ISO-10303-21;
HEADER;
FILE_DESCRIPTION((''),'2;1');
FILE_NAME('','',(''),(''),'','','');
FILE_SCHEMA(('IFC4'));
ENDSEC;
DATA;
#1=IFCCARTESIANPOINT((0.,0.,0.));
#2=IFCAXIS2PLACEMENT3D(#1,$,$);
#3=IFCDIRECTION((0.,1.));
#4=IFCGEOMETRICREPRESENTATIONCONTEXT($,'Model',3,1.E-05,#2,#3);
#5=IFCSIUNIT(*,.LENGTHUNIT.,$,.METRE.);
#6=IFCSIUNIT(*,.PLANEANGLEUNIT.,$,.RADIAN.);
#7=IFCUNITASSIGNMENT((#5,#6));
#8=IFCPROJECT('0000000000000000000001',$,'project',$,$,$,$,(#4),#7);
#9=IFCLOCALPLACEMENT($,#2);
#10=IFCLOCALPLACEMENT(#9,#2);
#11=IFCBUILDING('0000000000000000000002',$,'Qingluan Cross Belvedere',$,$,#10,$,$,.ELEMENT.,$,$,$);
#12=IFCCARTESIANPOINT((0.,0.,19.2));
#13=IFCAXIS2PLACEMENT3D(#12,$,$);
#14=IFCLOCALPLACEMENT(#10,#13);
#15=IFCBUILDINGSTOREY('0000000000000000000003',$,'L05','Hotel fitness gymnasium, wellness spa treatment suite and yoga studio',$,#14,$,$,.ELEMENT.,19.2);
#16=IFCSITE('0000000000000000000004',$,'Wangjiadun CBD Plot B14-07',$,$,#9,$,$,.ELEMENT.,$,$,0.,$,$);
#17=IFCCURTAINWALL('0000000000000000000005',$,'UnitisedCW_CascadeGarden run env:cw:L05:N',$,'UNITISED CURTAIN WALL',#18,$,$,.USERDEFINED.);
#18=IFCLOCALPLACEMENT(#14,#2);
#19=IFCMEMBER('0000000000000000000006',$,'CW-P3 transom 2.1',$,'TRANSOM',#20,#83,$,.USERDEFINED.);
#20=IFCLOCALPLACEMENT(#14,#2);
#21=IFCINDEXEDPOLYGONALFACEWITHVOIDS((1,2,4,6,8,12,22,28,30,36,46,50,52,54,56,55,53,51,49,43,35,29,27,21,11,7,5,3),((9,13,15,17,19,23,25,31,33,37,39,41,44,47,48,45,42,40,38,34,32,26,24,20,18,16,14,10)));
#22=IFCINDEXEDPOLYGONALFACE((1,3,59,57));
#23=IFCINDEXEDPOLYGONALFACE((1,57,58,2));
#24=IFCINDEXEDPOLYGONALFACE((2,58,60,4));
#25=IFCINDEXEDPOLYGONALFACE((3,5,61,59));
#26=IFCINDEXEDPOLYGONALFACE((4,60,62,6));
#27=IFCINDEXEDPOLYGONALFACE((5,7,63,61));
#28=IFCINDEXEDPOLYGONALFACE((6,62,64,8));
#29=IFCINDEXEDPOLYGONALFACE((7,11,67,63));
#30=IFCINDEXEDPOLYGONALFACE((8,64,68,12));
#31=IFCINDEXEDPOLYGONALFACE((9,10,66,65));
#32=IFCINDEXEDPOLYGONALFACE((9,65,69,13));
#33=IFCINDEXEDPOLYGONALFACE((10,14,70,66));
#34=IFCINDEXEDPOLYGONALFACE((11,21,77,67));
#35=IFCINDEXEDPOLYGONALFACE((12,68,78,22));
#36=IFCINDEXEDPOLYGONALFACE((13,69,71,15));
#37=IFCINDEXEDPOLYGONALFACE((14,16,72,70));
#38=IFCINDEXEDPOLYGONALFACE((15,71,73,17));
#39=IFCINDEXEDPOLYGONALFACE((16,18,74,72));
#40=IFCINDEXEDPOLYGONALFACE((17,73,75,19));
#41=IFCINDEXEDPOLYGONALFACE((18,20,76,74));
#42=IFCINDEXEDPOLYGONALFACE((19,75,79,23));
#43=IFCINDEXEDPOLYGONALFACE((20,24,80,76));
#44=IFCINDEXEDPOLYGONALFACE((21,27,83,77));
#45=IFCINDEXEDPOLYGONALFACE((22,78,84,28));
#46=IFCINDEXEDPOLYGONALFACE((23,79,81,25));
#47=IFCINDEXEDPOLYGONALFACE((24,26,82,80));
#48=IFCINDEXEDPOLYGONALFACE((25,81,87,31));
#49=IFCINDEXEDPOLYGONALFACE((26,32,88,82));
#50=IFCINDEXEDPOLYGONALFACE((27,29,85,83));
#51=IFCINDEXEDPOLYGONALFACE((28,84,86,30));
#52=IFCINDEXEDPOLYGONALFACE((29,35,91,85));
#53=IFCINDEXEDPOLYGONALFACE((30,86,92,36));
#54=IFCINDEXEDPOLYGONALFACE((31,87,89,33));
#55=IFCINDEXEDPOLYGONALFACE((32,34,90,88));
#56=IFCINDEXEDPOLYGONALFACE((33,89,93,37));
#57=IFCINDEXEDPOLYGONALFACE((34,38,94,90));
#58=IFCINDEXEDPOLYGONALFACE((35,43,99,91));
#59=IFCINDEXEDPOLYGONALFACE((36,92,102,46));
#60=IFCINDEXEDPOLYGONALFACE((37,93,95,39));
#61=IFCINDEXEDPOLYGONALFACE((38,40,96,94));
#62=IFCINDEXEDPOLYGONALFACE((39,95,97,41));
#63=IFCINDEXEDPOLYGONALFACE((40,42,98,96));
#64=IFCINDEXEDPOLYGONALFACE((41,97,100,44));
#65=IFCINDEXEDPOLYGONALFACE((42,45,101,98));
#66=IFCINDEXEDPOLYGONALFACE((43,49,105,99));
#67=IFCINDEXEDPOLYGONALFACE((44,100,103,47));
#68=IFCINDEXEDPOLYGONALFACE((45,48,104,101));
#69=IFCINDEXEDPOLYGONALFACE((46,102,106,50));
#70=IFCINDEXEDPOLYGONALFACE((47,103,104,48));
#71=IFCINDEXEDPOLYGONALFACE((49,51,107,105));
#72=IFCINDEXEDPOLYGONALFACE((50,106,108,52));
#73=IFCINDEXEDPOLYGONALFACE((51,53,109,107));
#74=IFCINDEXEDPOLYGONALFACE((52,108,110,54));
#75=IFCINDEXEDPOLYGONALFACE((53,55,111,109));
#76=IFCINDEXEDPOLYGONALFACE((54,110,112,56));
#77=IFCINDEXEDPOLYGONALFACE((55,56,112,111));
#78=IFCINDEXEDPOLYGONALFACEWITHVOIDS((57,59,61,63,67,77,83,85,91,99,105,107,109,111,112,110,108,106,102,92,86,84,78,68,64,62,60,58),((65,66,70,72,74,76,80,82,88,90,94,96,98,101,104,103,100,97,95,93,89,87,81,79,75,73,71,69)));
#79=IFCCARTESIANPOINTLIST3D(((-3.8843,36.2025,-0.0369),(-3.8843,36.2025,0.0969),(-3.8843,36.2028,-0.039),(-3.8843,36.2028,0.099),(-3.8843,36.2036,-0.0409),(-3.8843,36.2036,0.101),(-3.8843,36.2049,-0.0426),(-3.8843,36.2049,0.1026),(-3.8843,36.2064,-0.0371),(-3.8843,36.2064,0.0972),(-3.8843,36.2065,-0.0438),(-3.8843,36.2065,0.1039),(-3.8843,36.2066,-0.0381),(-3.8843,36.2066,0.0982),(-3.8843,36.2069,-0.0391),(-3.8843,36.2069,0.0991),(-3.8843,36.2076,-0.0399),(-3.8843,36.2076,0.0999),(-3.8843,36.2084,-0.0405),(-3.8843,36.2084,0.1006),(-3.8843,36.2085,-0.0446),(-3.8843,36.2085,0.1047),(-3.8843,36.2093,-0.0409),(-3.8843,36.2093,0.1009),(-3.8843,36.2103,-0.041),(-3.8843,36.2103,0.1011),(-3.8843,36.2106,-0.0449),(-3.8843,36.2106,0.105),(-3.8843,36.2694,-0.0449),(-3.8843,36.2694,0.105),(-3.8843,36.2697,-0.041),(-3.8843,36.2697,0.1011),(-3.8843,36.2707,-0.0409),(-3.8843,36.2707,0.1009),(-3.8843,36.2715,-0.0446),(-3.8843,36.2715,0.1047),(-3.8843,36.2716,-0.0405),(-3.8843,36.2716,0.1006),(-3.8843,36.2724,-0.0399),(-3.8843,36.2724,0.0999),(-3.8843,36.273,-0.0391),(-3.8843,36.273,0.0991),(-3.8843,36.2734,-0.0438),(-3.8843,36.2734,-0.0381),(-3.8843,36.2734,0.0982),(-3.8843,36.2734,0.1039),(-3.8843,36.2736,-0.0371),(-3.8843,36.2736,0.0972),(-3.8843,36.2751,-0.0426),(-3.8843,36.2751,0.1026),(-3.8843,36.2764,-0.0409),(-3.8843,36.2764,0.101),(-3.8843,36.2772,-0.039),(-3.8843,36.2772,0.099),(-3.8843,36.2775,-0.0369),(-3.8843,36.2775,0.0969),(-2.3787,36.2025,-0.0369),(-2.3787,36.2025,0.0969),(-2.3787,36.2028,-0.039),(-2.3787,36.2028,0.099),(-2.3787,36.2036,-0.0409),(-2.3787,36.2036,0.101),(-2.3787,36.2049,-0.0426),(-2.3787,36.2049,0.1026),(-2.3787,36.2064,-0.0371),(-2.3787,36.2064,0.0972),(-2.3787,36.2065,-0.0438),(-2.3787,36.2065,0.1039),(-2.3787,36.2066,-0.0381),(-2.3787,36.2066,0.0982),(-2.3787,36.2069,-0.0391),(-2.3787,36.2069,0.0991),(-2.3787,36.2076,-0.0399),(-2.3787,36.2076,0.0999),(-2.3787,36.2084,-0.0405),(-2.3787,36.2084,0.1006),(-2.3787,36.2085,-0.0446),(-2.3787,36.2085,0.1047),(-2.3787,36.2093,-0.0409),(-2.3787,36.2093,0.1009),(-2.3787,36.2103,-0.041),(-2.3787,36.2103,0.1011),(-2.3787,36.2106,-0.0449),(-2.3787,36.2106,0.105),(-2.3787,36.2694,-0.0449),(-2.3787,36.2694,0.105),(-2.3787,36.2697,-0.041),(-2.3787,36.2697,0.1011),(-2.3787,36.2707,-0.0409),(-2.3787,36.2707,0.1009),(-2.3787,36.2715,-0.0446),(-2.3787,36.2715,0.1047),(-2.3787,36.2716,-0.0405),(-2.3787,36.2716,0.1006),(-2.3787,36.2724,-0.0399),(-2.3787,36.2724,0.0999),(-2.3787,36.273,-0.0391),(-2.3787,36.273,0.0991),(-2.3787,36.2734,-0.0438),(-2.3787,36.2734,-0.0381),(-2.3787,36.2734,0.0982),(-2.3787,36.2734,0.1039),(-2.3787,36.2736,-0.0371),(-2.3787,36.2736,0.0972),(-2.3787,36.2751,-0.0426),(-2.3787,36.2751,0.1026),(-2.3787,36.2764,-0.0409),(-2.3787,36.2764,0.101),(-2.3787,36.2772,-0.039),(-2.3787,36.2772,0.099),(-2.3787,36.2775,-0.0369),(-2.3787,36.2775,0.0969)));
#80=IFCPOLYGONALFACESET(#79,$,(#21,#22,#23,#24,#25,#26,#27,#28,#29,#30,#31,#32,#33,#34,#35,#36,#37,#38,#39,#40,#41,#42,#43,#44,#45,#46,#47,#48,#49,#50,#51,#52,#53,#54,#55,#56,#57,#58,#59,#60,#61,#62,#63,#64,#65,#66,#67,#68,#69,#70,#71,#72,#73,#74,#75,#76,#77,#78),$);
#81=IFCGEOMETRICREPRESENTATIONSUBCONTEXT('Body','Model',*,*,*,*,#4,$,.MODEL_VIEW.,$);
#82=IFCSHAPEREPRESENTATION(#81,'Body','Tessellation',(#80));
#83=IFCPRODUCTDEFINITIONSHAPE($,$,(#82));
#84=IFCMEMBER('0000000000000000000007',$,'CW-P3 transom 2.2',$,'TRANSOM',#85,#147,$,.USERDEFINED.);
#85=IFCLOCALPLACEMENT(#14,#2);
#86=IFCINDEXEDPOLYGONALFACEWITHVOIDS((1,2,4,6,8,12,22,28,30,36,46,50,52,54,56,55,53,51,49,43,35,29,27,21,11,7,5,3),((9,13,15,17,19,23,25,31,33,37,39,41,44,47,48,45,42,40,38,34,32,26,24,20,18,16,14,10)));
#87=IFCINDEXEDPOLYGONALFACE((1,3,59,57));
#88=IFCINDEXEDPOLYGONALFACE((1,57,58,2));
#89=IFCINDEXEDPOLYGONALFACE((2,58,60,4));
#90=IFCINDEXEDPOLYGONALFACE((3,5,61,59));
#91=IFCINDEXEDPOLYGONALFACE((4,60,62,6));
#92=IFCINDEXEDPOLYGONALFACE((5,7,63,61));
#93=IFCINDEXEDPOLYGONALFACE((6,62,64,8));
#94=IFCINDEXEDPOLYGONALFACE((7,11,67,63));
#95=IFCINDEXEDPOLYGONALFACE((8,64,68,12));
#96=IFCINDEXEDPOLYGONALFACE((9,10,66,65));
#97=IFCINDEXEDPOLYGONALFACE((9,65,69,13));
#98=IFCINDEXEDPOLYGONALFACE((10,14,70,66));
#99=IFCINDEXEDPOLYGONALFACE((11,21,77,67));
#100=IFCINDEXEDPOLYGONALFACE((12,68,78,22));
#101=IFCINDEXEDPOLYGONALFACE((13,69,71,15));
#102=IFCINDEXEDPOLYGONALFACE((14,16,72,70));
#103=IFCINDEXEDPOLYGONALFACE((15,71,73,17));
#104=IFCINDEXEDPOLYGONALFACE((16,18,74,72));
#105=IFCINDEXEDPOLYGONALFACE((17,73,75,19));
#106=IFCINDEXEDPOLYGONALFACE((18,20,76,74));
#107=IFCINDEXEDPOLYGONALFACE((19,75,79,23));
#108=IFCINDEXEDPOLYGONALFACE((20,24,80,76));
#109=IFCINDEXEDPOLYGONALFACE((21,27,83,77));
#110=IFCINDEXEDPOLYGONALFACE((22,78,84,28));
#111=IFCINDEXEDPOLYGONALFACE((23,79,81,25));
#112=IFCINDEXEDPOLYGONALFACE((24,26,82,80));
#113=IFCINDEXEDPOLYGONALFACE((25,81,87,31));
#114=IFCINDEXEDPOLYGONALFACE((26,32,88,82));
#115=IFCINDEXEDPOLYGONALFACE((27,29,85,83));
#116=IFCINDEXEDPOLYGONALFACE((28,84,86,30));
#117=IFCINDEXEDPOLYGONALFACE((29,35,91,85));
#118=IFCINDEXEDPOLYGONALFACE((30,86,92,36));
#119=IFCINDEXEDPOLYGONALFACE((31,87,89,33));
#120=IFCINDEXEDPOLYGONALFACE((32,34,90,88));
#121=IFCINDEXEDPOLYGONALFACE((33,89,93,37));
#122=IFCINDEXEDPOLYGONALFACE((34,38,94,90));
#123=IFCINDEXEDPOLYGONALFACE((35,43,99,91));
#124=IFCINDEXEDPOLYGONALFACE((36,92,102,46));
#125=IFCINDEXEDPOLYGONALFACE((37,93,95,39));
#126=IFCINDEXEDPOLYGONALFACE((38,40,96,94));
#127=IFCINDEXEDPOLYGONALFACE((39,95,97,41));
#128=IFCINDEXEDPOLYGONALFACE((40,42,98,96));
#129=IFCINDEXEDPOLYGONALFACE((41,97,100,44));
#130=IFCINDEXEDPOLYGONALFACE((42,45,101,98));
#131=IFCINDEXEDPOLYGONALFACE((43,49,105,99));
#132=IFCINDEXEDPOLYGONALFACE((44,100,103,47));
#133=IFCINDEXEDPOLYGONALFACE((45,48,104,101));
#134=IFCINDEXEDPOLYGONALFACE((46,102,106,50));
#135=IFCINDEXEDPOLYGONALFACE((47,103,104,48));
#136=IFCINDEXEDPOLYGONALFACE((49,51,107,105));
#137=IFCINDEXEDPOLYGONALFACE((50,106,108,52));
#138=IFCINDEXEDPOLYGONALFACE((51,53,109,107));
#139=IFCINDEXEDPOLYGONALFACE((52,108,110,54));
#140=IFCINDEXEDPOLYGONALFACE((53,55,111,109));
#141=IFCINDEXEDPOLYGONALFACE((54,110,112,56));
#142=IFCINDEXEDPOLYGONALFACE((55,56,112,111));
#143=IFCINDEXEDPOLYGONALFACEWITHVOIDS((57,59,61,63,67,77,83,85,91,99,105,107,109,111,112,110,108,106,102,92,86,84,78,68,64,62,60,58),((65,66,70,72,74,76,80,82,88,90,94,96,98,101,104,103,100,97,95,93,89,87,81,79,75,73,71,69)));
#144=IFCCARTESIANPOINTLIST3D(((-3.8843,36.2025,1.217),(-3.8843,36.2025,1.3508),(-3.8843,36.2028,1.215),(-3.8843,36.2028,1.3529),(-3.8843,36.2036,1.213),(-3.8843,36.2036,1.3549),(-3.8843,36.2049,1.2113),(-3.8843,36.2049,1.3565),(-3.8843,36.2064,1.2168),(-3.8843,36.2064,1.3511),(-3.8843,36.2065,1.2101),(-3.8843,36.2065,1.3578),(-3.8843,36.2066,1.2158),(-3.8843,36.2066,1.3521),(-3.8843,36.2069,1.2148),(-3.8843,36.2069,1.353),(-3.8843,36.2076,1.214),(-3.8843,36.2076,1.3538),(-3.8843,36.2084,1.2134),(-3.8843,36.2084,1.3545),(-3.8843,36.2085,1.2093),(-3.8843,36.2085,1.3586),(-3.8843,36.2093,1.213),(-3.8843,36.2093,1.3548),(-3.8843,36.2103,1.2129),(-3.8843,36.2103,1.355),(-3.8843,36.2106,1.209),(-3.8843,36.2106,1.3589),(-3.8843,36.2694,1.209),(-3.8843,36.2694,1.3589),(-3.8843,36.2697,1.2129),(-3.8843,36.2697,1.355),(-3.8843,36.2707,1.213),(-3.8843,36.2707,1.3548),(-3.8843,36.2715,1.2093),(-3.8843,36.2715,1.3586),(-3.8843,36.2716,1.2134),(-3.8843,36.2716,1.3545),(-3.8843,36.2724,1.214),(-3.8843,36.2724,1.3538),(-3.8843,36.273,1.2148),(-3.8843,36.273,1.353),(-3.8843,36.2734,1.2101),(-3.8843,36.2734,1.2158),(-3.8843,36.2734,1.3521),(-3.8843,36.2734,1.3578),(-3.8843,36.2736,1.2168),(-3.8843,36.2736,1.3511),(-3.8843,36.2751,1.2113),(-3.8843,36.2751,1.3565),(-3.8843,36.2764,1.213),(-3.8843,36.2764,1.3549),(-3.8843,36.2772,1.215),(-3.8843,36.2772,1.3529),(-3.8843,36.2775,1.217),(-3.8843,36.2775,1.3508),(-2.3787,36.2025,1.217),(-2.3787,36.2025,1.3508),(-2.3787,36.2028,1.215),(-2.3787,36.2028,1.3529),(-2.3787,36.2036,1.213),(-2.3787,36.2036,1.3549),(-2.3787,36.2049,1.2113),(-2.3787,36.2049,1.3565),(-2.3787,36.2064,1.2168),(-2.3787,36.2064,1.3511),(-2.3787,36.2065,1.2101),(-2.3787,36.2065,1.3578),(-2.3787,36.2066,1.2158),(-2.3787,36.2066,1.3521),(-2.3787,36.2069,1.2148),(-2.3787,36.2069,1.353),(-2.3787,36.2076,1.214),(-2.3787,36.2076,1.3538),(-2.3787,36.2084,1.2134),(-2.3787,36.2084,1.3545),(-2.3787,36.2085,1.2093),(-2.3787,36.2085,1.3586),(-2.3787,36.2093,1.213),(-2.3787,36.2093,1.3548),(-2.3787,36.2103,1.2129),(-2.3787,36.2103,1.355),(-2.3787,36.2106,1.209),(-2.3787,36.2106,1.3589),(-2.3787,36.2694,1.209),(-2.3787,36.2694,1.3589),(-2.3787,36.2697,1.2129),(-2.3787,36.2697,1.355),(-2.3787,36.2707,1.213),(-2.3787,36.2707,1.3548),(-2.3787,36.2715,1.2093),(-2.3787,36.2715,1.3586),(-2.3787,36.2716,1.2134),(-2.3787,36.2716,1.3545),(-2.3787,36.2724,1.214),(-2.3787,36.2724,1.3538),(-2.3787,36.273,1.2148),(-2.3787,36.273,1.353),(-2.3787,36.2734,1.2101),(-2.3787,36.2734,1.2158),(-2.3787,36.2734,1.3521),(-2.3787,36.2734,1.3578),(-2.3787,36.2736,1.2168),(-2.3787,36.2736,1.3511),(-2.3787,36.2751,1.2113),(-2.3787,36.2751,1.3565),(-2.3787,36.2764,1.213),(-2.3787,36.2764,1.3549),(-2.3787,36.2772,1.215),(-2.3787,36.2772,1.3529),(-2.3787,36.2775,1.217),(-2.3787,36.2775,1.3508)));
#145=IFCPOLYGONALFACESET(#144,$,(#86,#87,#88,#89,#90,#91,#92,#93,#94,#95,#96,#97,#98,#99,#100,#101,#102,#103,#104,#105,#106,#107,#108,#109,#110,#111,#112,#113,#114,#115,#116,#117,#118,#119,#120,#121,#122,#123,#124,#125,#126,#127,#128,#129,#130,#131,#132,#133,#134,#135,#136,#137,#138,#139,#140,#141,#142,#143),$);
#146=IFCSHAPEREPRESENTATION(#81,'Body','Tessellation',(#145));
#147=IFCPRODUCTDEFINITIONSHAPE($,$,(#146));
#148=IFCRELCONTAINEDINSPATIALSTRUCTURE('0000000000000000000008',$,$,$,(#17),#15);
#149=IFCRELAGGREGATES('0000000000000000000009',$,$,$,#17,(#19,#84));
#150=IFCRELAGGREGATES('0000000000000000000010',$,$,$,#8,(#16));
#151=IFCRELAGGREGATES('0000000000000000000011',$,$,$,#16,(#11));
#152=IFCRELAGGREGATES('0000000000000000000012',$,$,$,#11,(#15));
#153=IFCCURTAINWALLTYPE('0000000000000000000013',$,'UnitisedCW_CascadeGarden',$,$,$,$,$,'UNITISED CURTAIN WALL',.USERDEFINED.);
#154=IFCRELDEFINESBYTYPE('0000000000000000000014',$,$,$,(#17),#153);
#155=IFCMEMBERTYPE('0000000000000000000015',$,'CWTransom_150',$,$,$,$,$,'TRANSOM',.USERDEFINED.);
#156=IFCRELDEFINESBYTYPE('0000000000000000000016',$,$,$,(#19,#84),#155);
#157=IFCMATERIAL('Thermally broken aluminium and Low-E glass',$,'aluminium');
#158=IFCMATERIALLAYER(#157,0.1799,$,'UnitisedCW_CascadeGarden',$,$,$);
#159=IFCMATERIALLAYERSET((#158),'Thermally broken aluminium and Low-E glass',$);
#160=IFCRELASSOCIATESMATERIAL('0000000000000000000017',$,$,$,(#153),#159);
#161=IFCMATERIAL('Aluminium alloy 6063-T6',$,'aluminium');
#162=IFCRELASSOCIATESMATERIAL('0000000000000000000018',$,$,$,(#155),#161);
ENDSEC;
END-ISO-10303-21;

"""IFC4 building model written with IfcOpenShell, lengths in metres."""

from ifc_helpers import new_model, si_unit, direction, frame, origin, origin_2d, place, context, subcontext, project, spatial, hollow_rectangle, extrude, material, layer, layer_set, material_profile, profile_set, type_object, element, aggregate, save


model = new_model("IFC4")

# Units and contexts
model_context = context("Model", 3, precision=1e-05, world=origin(), true_north=direction((0.0, 1.0)))
body_context = subcontext(model_context, "Body", "Model", "MODEL_VIEW")
ifc_project = project(units=[si_unit("LENGTHUNIT", "METRE"), si_unit("PLANEANGLEUNIT", "RADIAN")], contexts=[model_context])

# Site, building, storey
site_placement = place(None, origin())
site = spatial("IfcSite", under=ifc_project, at=site_placement, Name="Wangjiadun CBD Plot B14-07", CompositionType="ELEMENT", RefElevation=0.0)
building_placement = place(site_placement, origin())
building = spatial("IfcBuilding", under=site, at=building_placement, Name="Qingluan Cross Belvedere", CompositionType="ELEMENT")
storey_placement = place(building_placement, frame((0.0, 0.0, 19.2)))
storey = spatial("IfcBuildingStorey", under=building, at=storey_placement, Name="L05", Description="Hotel fitness gymnasium, wellness spa treatment suite and yoga studio", CompositionType="ELEMENT", Elevation=19.2)

# Curtain wall, members
ifc_material_1 = material(Name="Thermally broken aluminium and Low-E glass", Category="aluminium")
ifc_layer_1 = layer(ifc_material_1, 0.1799, Name="UnitisedCW_CascadeGarden")
ifc_layer_set_1 = layer_set([ifc_layer_1], Name="Thermally broken aluminium and Low-E glass")
curtain_wall_type = type_object("IfcCurtainWallType", Name="UnitisedCW_CascadeGarden", ElementType="UNITISED CURTAIN WALL", PredefinedType="USERDEFINED", material=ifc_layer_set_1)
curtain_wall_placement = place(storey_placement, origin())
curtain_wall = element("IfcCurtainWall", 1, at=curtain_wall_placement, inside=storey, type_object=curtain_wall_type, Name="UnitisedCW_CascadeGarden run env:cw:L05:N", ObjectType="UNITISED CURTAIN WALL", PredefinedType="USERDEFINED")
ifc_material_2 = material(Name="Aluminium alloy 6063-T6", Category="aluminium")
ifc_material_profile_1 = material_profile(ifc_material_2, hollow_rectangle(XDim=0.075, YDim=0.1499, WallThickness=0.0039, InnerFilletRadius=0.0039, OuterFilletRadius=0.0081, at=origin_2d()), Name="CWT150x75x4")
ifc_profile_set_1 = profile_set([ifc_material_profile_1], Name="Aluminium alloy 6063-T6")
member_type_1 = type_object("IfcMemberType", Name="CWTransom_150", ElementType="TRANSOM", PredefinedType="USERDEFINED", material=ifc_profile_set_1)
member_1_placement = place(storey_placement, frame((-3.8843, 36.24, 0.03), z_axis=(1.0, 0.0, 0.0), x_axis=(0.0, 1.0, 0.0)))
member_1 = element("IfcMember", 2, at=member_1_placement, type_object=member_type_1, Name="CW-P3 transom 2.1", ObjectType="TRANSOM", PredefinedType="USERDEFINED", context=body_context, shape_type="SweptSolid", body=[
    extrude(hollow_rectangle(XDim=0.075, YDim=0.1499, WallThickness=0.0039, InnerFilletRadius=0.0039, OuterFilletRadius=0.0081, at=origin_2d()), origin(), (0.0, 0.0, 1.0), 1.5056),
])
member_2_placement = place(storey_placement, frame((-3.8843, 36.24, 1.2839), z_axis=(1.0, 0.0, 0.0), x_axis=(0.0, 1.0, 0.0)))
member_2 = element("IfcMember", 3, at=member_2_placement, type_object=member_type_1, Name="CW-P3 transom 2.2", ObjectType="TRANSOM", PredefinedType="USERDEFINED", context=body_context, shape_type="SweptSolid", body=[
    extrude(hollow_rectangle(XDim=0.075, YDim=0.1499, WallThickness=0.0039, InnerFilletRadius=0.0039, OuterFilletRadius=0.0081, at=origin_2d()), origin(), (0.0, 0.0, 1.0), 1.5056),
])

aggregate(curtain_wall, [member_1, member_2])

save(model, "model.ifc")
